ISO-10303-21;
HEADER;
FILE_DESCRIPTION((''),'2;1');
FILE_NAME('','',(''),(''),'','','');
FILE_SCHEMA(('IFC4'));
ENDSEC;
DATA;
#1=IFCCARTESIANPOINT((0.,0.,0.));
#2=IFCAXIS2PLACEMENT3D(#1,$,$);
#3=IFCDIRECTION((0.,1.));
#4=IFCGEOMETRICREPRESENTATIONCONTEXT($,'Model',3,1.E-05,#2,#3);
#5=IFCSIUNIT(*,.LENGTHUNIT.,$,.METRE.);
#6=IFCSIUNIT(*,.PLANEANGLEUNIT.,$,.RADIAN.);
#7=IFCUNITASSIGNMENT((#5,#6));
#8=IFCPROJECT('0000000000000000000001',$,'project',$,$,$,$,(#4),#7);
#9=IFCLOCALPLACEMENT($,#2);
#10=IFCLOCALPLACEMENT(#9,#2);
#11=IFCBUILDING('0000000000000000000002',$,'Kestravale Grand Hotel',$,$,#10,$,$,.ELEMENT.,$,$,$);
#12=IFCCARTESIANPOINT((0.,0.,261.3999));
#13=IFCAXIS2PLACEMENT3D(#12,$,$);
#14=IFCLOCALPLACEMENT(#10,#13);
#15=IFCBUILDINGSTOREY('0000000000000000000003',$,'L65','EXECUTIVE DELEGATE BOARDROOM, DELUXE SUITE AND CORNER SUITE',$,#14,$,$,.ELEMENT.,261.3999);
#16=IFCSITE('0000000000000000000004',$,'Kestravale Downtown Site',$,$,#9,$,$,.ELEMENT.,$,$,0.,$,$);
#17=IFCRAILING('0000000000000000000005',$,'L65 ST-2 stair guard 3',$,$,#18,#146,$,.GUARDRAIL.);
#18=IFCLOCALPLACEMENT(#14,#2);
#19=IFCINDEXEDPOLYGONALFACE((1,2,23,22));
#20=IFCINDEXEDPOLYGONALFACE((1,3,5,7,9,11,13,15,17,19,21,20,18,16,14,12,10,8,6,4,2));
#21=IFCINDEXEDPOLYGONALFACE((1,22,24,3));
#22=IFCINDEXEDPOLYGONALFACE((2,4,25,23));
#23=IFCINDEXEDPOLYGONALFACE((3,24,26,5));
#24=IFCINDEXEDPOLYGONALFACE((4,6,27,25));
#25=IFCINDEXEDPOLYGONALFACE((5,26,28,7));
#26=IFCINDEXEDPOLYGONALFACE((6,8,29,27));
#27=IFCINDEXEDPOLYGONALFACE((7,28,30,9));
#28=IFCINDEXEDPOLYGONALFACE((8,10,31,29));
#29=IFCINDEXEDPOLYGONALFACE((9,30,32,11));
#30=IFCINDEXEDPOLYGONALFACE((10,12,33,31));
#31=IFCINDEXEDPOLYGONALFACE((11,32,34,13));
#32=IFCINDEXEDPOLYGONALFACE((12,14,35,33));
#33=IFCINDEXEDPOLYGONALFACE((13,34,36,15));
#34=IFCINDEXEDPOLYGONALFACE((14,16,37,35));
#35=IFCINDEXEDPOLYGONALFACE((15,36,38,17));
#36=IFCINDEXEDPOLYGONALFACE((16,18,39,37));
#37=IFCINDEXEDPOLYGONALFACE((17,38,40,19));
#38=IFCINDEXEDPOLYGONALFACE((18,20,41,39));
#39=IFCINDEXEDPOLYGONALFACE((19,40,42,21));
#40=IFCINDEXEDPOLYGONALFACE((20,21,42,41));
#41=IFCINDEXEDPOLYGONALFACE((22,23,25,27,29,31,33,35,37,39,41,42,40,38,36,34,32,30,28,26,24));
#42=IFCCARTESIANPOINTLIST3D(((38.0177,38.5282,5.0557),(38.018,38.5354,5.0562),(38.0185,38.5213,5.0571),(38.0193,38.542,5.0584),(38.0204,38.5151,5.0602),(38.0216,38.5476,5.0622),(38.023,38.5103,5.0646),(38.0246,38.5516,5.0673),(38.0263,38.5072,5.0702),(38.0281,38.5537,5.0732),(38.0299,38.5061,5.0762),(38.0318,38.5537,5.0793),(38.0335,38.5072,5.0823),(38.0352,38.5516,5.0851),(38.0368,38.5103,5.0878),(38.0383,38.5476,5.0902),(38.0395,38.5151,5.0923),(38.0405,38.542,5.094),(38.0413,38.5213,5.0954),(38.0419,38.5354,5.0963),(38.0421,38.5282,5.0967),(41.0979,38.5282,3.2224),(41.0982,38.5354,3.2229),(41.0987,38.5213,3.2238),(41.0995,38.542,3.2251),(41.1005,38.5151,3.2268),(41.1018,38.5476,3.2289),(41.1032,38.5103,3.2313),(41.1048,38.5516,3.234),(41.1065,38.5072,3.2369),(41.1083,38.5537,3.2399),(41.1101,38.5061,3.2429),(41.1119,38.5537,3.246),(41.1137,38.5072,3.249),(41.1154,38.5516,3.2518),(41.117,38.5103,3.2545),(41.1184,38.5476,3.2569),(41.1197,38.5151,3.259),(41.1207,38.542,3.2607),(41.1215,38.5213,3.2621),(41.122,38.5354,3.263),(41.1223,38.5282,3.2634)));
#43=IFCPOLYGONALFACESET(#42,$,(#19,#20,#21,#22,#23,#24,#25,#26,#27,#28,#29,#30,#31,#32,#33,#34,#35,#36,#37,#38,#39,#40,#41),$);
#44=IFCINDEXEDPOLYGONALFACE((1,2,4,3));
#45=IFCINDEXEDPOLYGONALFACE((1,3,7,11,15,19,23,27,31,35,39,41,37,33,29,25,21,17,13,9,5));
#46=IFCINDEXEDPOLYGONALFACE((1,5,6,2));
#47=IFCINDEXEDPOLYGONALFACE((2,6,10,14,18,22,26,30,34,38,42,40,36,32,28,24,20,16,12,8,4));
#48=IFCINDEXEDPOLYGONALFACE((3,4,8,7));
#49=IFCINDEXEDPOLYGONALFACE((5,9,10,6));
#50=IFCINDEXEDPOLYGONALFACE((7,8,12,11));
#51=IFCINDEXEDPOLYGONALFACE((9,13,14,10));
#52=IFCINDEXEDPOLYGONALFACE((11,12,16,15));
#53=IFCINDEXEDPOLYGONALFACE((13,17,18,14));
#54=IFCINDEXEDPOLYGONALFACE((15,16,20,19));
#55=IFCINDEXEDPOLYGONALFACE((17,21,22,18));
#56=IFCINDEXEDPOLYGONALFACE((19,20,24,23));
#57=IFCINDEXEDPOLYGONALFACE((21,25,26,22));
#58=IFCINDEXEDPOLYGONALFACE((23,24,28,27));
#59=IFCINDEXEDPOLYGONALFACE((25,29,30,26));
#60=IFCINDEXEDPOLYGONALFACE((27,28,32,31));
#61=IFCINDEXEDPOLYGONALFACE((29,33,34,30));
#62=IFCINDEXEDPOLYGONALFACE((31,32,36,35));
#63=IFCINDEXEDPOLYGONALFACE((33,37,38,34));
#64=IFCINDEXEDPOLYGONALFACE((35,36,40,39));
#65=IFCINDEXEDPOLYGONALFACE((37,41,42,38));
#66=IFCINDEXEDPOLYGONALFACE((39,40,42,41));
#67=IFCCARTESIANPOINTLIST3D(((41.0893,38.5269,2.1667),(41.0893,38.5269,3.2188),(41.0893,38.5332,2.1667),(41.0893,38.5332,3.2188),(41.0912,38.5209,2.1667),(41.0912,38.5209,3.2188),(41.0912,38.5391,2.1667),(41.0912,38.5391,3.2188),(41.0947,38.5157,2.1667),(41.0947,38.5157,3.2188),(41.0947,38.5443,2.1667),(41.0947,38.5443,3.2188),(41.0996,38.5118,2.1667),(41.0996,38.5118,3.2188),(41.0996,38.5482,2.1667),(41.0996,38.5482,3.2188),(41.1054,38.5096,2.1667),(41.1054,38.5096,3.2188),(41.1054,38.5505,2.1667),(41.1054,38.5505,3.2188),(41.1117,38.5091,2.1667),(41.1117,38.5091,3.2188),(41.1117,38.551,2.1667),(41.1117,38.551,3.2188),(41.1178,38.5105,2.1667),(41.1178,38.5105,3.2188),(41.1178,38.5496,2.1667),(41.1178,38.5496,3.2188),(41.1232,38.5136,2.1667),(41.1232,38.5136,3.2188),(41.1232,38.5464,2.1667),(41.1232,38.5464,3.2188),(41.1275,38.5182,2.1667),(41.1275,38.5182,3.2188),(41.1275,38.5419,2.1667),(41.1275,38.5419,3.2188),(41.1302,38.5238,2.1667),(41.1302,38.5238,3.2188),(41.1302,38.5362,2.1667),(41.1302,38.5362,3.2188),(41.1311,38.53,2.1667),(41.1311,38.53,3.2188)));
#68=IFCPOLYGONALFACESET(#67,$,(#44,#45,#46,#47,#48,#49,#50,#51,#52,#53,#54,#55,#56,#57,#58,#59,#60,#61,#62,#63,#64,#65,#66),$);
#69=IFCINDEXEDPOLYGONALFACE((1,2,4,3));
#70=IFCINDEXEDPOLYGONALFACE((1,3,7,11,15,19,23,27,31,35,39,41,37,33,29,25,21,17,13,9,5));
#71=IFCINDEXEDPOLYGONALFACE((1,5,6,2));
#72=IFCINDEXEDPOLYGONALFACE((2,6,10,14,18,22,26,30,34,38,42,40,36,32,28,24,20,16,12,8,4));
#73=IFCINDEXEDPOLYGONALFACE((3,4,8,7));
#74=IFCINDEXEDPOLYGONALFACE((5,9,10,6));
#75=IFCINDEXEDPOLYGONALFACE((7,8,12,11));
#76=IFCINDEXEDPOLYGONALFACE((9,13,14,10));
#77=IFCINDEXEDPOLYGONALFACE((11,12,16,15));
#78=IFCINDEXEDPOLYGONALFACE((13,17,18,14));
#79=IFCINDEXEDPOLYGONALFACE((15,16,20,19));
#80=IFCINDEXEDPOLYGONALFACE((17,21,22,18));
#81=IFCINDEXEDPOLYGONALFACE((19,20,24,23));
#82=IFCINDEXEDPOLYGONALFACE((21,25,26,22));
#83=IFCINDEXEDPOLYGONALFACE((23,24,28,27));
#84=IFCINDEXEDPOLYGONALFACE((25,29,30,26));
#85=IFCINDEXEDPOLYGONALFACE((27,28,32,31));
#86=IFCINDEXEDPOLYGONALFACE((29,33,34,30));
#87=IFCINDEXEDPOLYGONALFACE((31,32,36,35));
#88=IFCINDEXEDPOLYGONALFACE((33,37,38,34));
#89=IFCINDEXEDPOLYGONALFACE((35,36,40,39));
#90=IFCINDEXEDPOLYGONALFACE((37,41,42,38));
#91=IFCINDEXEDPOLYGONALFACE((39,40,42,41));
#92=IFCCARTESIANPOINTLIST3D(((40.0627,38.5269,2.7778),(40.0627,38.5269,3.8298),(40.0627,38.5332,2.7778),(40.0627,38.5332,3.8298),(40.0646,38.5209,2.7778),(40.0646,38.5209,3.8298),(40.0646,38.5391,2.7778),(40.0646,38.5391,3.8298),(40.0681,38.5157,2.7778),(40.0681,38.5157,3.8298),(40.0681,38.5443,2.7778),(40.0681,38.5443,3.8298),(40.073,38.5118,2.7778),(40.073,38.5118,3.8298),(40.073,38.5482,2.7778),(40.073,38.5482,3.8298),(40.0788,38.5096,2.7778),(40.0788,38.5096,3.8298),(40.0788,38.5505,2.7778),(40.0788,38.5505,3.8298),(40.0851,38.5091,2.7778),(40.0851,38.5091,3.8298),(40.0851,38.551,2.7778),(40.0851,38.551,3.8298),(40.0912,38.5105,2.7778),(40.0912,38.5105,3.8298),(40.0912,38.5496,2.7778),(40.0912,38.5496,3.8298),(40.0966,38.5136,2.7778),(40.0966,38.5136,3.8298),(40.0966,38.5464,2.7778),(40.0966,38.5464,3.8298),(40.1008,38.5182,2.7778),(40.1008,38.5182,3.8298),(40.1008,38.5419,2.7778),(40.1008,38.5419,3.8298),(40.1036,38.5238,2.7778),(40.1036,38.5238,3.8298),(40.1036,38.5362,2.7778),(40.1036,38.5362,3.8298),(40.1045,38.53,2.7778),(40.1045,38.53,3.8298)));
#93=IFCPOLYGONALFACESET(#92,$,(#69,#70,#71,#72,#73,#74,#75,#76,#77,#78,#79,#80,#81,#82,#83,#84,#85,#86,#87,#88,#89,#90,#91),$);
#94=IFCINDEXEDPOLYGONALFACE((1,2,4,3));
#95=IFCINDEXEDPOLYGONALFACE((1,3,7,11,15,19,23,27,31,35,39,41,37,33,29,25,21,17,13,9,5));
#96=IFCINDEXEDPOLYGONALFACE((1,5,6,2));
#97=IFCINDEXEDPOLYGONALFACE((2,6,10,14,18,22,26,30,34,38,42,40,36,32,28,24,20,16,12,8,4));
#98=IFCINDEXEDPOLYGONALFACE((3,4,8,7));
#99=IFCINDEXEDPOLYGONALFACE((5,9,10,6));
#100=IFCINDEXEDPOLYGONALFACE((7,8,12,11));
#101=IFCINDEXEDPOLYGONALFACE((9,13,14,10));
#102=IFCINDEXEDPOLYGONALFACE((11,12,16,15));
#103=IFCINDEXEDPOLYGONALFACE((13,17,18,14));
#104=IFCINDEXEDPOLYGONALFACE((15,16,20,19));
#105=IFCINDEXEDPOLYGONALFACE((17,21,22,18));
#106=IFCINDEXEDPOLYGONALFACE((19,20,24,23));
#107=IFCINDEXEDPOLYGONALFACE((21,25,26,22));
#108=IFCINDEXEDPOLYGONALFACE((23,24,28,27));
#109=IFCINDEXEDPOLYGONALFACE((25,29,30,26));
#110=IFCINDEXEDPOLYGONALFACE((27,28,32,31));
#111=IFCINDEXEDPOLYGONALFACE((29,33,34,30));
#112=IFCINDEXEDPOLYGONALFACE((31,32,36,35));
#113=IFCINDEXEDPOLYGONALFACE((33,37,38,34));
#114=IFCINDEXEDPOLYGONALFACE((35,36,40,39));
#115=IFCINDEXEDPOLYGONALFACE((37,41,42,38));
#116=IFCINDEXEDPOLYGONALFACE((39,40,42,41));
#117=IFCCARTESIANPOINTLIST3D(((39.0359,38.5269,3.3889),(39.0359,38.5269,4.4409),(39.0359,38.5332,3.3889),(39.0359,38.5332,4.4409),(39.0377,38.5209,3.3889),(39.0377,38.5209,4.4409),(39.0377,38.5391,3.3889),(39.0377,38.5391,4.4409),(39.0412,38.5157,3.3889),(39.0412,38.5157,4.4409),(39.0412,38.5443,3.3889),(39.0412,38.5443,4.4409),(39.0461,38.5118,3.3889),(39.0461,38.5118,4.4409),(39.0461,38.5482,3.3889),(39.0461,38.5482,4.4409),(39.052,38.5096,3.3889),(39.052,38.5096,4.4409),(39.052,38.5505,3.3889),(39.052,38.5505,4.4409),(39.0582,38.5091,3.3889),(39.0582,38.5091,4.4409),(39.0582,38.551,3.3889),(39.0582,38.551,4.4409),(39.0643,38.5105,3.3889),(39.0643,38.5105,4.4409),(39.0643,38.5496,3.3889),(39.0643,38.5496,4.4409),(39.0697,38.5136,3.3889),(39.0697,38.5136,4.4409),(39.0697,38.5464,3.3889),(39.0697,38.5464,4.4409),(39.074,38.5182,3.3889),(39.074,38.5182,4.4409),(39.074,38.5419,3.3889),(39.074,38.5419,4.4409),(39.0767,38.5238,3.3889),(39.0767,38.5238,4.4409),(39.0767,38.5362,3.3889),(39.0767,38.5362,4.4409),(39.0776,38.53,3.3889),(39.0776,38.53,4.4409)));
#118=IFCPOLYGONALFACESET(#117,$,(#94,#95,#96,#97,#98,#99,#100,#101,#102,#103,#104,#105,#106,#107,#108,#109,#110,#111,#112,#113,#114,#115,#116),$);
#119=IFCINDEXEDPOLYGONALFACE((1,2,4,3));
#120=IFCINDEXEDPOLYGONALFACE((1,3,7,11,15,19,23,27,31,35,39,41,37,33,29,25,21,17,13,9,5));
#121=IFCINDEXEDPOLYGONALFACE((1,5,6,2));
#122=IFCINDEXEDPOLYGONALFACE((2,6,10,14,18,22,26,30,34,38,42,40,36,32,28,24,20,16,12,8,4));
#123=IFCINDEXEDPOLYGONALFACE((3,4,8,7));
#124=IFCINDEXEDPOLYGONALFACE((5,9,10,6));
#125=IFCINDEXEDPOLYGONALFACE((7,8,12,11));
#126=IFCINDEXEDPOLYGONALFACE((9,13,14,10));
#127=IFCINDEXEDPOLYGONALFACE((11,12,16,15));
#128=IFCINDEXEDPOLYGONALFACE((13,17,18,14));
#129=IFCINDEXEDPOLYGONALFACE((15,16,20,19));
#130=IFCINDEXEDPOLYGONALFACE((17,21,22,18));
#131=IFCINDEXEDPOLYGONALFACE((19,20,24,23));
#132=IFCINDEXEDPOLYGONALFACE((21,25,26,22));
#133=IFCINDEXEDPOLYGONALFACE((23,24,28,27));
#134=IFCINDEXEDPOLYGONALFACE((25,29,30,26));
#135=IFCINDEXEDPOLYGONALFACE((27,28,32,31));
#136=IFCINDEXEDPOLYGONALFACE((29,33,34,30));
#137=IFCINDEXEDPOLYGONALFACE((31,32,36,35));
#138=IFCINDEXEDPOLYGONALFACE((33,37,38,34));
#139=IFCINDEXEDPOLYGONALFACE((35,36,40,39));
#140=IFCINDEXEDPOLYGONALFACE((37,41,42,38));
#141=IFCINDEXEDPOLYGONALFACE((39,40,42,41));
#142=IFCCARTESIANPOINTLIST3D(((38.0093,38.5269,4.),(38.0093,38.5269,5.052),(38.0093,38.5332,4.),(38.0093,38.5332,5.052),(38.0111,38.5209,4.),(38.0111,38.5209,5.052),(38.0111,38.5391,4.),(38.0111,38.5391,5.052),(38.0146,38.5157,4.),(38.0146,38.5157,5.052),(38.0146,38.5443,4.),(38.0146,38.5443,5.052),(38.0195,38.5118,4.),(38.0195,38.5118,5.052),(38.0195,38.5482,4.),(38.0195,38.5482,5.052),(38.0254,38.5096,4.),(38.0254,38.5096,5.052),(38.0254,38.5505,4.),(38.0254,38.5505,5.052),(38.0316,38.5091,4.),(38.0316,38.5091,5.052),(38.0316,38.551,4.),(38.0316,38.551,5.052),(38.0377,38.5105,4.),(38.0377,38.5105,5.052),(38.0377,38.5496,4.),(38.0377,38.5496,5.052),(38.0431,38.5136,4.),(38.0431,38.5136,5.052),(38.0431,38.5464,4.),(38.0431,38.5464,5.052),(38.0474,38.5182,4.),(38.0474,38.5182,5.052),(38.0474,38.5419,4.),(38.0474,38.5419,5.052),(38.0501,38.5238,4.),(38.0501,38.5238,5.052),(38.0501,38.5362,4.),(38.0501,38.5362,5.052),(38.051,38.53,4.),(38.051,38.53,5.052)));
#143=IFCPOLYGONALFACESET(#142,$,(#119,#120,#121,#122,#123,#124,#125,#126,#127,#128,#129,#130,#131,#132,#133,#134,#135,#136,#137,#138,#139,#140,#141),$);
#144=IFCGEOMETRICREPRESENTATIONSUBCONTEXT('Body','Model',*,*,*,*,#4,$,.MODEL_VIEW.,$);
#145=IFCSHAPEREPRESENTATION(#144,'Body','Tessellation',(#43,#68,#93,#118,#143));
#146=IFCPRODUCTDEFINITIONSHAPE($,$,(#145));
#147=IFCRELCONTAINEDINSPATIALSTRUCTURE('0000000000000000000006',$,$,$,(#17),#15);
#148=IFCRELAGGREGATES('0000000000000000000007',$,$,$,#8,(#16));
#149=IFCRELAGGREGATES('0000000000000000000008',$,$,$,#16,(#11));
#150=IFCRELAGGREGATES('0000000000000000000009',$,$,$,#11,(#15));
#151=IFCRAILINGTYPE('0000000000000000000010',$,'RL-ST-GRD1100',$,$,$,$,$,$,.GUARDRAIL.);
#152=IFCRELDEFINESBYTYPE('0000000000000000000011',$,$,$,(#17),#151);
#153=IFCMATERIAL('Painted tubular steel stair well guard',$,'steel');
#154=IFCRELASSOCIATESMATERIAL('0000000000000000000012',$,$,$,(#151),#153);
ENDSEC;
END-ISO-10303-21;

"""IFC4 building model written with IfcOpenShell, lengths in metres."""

from ifc_helpers import new_model, si_unit, direction, frame, origin, origin_2d, place, context, subcontext, project, spatial, circle, extrude, material, type_object, element, save


model = new_model("IFC4")

# Units and contexts
model_context = context("Model", 3, precision=1e-05, world=origin(), true_north=direction((0.0, 1.0)))
body_context = subcontext(model_context, "Body", "Model", "MODEL_VIEW")
ifc_project = project(units=[si_unit("LENGTHUNIT", "METRE"), si_unit("PLANEANGLEUNIT", "RADIAN")], contexts=[model_context])

# Site, building, storey
site_placement = place(None, origin())
site = spatial("IfcSite", under=ifc_project, at=site_placement, Name="Kestravale Downtown Site", CompositionType="ELEMENT", RefElevation=0.0)
building_placement = place(site_placement, origin())
building = spatial("IfcBuilding", under=site, at=building_placement, Name="Kestravale Grand Hotel", CompositionType="ELEMENT")
storey_placement = place(building_placement, frame((0.0, 0.0, 261.3999)))
storey = spatial("IfcBuildingStorey", under=building, at=storey_placement, Name="L65", Description="EXECUTIVE DELEGATE BOARDROOM, DELUXE SUITE AND CORNER SUITE", CompositionType="ELEMENT", Elevation=261.3999)

# Railing
ifc_material_1 = material(Name="Painted tubular steel stair well guard", Category="steel")
railing_type_1 = type_object("IfcRailingType", Name="RL-ST-GRD1100", PredefinedType="GUARDRAIL", material=ifc_material_1)
railing_1_placement = place(storey_placement, frame((41.1101, 38.53, 2.1667)))
element("IfcRailing", 1, at=railing_1_placement, inside=storey, type_object=railing_type_1, Name="L65 ST-2 stair guard 3", PredefinedType="GUARDRAIL", context=body_context, shape_type="SweptSolid", body=[
    extrude(circle(Radius=0.0239, at=origin_2d()), frame((0.0, 0.0, 1.0762), z_axis=(-0.859309, 0.0, 0.511458), x_axis=(0.0, -1.0, 0.0)), (0.0, 0.0, 1.0), 3.5845),
    extrude(circle(Radius=0.021, at=origin_2d()), origin(), (0.0, 0.0, 1.0), 1.052),
    extrude(circle(Radius=0.021, at=origin_2d()), frame((-1.0266, 0.0, 0.6111)), (0.0, 0.0, 1.0), 1.052),
    extrude(circle(Radius=0.021, at=origin_2d()), frame((-2.0535, 0.0, 1.2222)), (0.0, 0.0, 1.0), 1.052),
    extrude(circle(Radius=0.021, at=origin_2d()), frame((-3.0801, 0.0, 1.8333)), (0.0, 0.0, 1.0), 1.052),
])

save(model, "model.ifc")
